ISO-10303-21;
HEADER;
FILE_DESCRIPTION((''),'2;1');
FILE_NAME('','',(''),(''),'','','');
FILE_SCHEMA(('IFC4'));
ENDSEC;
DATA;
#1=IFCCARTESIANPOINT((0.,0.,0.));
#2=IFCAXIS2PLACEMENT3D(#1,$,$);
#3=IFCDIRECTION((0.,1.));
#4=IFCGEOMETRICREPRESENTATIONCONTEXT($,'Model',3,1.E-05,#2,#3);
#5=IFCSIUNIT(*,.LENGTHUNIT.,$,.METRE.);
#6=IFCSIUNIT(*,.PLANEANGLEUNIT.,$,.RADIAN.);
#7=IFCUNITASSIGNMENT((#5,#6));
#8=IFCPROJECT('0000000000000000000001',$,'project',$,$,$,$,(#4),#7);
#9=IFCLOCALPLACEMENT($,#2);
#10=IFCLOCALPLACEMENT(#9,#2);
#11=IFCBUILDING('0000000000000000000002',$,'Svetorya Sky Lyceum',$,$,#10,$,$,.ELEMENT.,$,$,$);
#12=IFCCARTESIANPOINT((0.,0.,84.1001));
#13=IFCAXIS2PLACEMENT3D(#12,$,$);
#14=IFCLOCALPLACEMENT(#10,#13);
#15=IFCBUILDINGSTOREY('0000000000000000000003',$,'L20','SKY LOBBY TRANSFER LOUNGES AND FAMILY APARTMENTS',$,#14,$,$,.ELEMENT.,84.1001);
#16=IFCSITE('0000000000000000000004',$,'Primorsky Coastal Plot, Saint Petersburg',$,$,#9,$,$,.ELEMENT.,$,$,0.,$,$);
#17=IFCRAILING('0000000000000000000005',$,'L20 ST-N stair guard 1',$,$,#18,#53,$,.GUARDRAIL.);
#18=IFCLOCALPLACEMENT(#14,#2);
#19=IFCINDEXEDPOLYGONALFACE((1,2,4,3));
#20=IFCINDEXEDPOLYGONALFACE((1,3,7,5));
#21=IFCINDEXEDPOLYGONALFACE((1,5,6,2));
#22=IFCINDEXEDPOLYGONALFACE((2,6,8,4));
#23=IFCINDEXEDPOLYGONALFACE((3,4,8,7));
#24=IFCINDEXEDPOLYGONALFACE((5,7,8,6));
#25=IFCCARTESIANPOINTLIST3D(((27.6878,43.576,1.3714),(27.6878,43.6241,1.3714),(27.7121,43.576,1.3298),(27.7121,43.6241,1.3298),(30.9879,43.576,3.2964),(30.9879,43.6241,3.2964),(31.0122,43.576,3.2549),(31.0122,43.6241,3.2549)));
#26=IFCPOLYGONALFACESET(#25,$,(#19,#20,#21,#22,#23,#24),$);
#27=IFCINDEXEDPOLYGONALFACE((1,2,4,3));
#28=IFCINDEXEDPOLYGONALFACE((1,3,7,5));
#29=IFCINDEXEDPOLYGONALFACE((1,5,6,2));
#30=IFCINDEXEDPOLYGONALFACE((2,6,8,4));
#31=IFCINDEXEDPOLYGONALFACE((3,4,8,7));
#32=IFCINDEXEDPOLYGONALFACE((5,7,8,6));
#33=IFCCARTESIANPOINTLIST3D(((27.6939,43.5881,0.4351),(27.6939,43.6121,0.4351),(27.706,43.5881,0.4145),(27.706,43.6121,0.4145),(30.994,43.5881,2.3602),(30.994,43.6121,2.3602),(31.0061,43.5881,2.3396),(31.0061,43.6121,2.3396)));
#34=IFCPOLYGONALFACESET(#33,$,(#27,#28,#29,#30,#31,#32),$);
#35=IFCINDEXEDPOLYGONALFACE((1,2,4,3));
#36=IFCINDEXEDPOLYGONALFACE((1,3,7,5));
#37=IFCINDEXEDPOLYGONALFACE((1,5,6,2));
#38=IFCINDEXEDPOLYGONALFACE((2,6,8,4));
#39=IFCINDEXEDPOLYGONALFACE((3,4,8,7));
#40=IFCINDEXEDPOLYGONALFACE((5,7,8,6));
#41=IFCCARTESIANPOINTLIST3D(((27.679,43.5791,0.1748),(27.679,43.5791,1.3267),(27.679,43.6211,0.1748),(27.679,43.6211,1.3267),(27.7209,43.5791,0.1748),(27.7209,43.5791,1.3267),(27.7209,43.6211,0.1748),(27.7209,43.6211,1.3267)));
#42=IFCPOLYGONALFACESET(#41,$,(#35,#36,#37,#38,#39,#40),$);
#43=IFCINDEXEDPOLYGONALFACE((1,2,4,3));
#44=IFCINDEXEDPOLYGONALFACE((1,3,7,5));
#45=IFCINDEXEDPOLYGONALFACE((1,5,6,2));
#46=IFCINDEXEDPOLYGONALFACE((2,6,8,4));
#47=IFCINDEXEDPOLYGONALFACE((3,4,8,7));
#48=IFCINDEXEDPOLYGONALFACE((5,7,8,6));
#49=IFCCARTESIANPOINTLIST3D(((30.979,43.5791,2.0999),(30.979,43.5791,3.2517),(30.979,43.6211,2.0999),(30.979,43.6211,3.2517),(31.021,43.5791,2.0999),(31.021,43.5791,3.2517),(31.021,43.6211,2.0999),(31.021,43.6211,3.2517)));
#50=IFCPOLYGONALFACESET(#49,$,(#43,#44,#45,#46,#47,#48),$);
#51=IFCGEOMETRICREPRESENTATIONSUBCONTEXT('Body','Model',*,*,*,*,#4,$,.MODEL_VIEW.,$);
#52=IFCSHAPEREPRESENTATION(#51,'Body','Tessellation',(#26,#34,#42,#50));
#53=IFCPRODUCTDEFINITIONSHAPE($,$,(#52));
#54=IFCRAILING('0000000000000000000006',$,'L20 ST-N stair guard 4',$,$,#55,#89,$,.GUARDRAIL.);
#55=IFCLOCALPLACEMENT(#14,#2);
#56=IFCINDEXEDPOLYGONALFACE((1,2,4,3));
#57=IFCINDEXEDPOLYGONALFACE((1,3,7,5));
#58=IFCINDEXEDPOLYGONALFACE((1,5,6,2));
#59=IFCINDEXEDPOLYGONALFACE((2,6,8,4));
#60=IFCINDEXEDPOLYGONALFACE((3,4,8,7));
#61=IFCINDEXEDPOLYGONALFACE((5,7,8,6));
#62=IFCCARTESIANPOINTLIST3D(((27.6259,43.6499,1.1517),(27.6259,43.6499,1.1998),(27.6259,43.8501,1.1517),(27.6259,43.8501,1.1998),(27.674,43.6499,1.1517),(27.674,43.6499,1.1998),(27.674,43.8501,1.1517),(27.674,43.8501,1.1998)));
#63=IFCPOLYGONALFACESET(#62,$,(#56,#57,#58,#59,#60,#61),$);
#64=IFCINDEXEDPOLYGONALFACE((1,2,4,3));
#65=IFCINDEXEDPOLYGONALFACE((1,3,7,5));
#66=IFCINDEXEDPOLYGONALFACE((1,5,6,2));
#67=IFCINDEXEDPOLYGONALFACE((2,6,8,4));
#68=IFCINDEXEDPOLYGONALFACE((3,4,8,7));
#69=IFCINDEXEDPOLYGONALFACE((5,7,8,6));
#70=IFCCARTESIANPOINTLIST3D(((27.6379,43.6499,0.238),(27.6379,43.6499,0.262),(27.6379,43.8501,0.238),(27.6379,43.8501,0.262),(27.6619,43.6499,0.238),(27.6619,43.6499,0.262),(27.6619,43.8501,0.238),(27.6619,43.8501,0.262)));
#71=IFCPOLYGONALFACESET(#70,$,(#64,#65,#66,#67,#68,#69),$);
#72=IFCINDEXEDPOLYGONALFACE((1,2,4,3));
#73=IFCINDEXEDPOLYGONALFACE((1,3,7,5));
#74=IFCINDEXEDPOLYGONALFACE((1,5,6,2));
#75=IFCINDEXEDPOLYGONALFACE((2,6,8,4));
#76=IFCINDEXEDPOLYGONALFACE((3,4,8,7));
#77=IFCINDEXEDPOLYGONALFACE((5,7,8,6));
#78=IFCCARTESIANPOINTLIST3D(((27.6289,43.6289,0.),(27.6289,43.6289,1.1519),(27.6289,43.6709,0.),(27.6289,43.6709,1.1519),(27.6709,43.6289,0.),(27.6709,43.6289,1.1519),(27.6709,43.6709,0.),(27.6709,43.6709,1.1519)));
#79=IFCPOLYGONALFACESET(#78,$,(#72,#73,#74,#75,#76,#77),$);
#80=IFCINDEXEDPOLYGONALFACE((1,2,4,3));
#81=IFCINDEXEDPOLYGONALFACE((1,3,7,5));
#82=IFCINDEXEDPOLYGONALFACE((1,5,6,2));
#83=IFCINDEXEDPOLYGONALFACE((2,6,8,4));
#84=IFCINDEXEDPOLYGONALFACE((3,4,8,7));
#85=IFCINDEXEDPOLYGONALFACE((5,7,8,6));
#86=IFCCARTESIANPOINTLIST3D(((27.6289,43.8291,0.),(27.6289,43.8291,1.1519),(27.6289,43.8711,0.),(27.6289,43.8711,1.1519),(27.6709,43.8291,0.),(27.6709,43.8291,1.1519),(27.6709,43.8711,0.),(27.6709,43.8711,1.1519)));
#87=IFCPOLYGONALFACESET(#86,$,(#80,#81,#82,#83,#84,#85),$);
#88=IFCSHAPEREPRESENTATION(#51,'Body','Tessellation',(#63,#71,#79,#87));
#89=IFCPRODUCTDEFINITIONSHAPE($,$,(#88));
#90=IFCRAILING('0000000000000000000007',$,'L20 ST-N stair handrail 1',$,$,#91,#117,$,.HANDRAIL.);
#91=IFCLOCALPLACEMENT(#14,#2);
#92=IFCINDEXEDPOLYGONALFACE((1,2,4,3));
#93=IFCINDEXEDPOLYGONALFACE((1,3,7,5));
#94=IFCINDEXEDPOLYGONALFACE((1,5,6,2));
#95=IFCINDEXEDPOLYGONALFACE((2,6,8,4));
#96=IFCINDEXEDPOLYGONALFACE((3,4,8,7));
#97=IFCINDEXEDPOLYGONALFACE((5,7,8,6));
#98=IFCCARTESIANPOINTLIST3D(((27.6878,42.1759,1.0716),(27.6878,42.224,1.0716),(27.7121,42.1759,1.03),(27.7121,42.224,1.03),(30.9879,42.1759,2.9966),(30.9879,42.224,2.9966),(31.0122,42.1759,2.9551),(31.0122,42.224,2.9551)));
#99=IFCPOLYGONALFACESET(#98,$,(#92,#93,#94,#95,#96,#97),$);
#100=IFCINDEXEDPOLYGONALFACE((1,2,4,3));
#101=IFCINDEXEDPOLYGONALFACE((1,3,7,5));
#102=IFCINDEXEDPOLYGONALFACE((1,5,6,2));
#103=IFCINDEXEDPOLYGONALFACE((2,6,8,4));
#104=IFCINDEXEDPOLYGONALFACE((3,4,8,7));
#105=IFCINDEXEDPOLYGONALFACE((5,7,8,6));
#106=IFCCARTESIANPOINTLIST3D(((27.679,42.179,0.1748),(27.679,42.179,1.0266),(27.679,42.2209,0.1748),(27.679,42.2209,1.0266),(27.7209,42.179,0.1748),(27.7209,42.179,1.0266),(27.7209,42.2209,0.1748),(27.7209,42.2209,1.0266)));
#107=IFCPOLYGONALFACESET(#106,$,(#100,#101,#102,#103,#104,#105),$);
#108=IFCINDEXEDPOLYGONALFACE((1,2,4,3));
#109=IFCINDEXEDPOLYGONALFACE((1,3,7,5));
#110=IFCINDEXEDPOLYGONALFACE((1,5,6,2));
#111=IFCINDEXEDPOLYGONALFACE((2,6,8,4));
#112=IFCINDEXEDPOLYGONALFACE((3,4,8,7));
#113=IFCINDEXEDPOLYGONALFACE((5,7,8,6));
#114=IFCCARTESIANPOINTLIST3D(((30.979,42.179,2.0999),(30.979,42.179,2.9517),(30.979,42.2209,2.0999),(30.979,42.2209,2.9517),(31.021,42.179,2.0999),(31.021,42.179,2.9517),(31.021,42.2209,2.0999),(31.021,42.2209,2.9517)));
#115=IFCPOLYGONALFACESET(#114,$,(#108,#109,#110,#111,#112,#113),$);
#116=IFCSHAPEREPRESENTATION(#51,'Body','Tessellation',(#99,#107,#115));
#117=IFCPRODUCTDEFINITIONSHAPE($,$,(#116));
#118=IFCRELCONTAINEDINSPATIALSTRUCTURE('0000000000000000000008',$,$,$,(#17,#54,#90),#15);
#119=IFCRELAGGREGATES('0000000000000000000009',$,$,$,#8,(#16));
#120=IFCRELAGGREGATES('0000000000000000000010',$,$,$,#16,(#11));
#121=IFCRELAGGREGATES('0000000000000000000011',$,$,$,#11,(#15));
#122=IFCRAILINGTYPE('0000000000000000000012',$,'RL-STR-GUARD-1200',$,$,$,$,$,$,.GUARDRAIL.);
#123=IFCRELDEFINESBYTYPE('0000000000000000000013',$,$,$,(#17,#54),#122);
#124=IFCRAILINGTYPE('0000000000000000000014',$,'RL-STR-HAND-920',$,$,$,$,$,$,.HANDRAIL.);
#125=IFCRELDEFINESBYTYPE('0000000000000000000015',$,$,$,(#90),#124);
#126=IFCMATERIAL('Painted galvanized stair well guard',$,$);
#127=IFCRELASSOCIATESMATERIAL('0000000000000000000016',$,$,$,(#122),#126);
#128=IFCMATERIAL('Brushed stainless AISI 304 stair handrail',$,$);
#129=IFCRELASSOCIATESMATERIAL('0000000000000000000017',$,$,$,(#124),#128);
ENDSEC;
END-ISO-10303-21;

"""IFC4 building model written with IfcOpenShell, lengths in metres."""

from ifc_helpers import new_model, si_unit, direction, frame, origin, origin_2d, place, context, subcontext, project, spatial, rectangle, extrude, material, type_object, element, save


model = new_model("IFC4")

# Units and contexts
model_context = context("Model", 3, precision=1e-05, world=origin(), true_north=direction((0.0, 1.0)))
body_context = subcontext(model_context, "Body", "Model", "MODEL_VIEW")
ifc_project = project(units=[si_unit("LENGTHUNIT", "METRE"), si_unit("PLANEANGLEUNIT", "RADIAN")], contexts=[model_context])

# Site, building, storey
site_placement = place(None, origin())
site = spatial("IfcSite", under=ifc_project, at=site_placement, Name="Primorsky Coastal Plot, Saint Petersburg", CompositionType="ELEMENT", RefElevation=0.0)
building_placement = place(site_placement, origin())
building = spatial("IfcBuilding", under=site, at=building_placement, Name="Svetorya Sky Lyceum", CompositionType="ELEMENT")
storey_placement = place(building_placement, frame((0.0, 0.0, 84.1001)))
storey = spatial("IfcBuildingStorey", under=building, at=storey_placement, Name="L20", Description="SKY LOBBY TRANSFER LOUNGES AND FAMILY APARTMENTS", CompositionType="ELEMENT", Elevation=84.1001)

# Railings
ifc_material_1 = material(Name="Painted galvanized stair well guard")
railing_type_1 = type_object("IfcRailingType", Name="RL-STR-GUARD-1200", PredefinedType="GUARDRAIL", material=ifc_material_1)
railing_1_placement = place(storey_placement, frame((27.7, 43.6001, 0.1748)))
element("IfcRailing", 1, at=railing_1_placement, inside=storey, type_object=railing_type_1, Name="L20 ST-N stair guard 1", PredefinedType="GUARDRAIL", context=body_context, shape_type="SweptSolid", body=[
    extrude(rectangle(XDim=0.0481, YDim=0.0481, at=origin_2d()), frame((0.0, 0.0, 1.1758), z_axis=(0.863777, 0.0, 0.503875), x_axis=(0.0, 1.0, 0.0)), (0.0, 0.0, 1.0), 3.8206),
    extrude(rectangle(XDim=0.0239, YDim=0.0239, at=origin_2d()), frame((0.0, 0.0, 0.25), z_axis=(0.863777, 0.0, 0.503875), x_axis=(0.0, 1.0, 0.0)), (0.0, 0.0, 1.0), 3.8206),
    extrude(rectangle(XDim=0.042, YDim=0.042, at=origin_2d()), origin(), (0.0, 0.0, 1.0), 1.1519),
    extrude(rectangle(XDim=0.042, YDim=0.042, at=origin_2d()), frame((3.3, 0.0, 1.925)), (0.0, 0.0, 1.0), 1.1519),
])
railing_2_placement = place(storey_placement, frame((27.6499, 43.6499, 0.0)))
element("IfcRailing", 2, at=railing_2_placement, inside=storey, type_object=railing_type_1, Name="L20 ST-N stair guard 4", PredefinedType="GUARDRAIL", context=body_context, shape_type="SweptSolid", body=[
    extrude(rectangle(XDim=0.0481, YDim=0.0481, at=origin_2d()), frame((0.0, 0.0, 1.1758), z_axis=(0.0, 1.0, 0.0), x_axis=(-1.0, 0.0, 0.0)), (0.0, 0.0, 1.0), 0.2002),
    extrude(rectangle(XDim=0.0239, YDim=0.0239, at=origin_2d()), frame((0.0, 0.0, 0.25), z_axis=(0.0, 1.0, 0.0), x_axis=(-1.0, 0.0, 0.0)), (0.0, 0.0, 1.0), 0.2002),
    extrude(rectangle(XDim=0.042, YDim=0.042, at=origin_2d()), origin(), (0.0, 0.0, 1.0), 1.1519),
    extrude(rectangle(XDim=0.042, YDim=0.042, at=origin_2d()), frame((0.0, 0.2002, 0.0)), (0.0, 0.0, 1.0), 1.1519),
])
ifc_material_2 = material(Name="Brushed stainless AISI 304 stair handrail")
railing_type_2 = type_object("IfcRailingType", Name="RL-STR-HAND-920", PredefinedType="HANDRAIL", material=ifc_material_2)
railing_3_placement = place(storey_placement, frame((27.7, 42.2, 0.1748)))
element("IfcRailing", 3, at=railing_3_placement, inside=storey, type_object=railing_type_2, Name="L20 ST-N stair handrail 1", PredefinedType="HANDRAIL", context=body_context, shape_type="SweptSolid", body=[
    extrude(rectangle(XDim=0.0481, YDim=0.0481, at=origin_2d()), frame((0.0, 0.0, 0.876), z_axis=(0.863777, 0.0, 0.503875), x_axis=(0.0, 1.0, 0.0)), (0.0, 0.0, 1.0), 3.8206),
    extrude(rectangle(XDim=0.042, YDim=0.042, at=origin_2d()), origin(), (0.0, 0.0, 1.0), 0.8518),
    extrude(rectangle(XDim=0.042, YDim=0.042, at=origin_2d()), frame((3.3, 0.0, 1.925)), (0.0, 0.0, 1.0), 0.8518),
])

save(model, "model.ifc")
